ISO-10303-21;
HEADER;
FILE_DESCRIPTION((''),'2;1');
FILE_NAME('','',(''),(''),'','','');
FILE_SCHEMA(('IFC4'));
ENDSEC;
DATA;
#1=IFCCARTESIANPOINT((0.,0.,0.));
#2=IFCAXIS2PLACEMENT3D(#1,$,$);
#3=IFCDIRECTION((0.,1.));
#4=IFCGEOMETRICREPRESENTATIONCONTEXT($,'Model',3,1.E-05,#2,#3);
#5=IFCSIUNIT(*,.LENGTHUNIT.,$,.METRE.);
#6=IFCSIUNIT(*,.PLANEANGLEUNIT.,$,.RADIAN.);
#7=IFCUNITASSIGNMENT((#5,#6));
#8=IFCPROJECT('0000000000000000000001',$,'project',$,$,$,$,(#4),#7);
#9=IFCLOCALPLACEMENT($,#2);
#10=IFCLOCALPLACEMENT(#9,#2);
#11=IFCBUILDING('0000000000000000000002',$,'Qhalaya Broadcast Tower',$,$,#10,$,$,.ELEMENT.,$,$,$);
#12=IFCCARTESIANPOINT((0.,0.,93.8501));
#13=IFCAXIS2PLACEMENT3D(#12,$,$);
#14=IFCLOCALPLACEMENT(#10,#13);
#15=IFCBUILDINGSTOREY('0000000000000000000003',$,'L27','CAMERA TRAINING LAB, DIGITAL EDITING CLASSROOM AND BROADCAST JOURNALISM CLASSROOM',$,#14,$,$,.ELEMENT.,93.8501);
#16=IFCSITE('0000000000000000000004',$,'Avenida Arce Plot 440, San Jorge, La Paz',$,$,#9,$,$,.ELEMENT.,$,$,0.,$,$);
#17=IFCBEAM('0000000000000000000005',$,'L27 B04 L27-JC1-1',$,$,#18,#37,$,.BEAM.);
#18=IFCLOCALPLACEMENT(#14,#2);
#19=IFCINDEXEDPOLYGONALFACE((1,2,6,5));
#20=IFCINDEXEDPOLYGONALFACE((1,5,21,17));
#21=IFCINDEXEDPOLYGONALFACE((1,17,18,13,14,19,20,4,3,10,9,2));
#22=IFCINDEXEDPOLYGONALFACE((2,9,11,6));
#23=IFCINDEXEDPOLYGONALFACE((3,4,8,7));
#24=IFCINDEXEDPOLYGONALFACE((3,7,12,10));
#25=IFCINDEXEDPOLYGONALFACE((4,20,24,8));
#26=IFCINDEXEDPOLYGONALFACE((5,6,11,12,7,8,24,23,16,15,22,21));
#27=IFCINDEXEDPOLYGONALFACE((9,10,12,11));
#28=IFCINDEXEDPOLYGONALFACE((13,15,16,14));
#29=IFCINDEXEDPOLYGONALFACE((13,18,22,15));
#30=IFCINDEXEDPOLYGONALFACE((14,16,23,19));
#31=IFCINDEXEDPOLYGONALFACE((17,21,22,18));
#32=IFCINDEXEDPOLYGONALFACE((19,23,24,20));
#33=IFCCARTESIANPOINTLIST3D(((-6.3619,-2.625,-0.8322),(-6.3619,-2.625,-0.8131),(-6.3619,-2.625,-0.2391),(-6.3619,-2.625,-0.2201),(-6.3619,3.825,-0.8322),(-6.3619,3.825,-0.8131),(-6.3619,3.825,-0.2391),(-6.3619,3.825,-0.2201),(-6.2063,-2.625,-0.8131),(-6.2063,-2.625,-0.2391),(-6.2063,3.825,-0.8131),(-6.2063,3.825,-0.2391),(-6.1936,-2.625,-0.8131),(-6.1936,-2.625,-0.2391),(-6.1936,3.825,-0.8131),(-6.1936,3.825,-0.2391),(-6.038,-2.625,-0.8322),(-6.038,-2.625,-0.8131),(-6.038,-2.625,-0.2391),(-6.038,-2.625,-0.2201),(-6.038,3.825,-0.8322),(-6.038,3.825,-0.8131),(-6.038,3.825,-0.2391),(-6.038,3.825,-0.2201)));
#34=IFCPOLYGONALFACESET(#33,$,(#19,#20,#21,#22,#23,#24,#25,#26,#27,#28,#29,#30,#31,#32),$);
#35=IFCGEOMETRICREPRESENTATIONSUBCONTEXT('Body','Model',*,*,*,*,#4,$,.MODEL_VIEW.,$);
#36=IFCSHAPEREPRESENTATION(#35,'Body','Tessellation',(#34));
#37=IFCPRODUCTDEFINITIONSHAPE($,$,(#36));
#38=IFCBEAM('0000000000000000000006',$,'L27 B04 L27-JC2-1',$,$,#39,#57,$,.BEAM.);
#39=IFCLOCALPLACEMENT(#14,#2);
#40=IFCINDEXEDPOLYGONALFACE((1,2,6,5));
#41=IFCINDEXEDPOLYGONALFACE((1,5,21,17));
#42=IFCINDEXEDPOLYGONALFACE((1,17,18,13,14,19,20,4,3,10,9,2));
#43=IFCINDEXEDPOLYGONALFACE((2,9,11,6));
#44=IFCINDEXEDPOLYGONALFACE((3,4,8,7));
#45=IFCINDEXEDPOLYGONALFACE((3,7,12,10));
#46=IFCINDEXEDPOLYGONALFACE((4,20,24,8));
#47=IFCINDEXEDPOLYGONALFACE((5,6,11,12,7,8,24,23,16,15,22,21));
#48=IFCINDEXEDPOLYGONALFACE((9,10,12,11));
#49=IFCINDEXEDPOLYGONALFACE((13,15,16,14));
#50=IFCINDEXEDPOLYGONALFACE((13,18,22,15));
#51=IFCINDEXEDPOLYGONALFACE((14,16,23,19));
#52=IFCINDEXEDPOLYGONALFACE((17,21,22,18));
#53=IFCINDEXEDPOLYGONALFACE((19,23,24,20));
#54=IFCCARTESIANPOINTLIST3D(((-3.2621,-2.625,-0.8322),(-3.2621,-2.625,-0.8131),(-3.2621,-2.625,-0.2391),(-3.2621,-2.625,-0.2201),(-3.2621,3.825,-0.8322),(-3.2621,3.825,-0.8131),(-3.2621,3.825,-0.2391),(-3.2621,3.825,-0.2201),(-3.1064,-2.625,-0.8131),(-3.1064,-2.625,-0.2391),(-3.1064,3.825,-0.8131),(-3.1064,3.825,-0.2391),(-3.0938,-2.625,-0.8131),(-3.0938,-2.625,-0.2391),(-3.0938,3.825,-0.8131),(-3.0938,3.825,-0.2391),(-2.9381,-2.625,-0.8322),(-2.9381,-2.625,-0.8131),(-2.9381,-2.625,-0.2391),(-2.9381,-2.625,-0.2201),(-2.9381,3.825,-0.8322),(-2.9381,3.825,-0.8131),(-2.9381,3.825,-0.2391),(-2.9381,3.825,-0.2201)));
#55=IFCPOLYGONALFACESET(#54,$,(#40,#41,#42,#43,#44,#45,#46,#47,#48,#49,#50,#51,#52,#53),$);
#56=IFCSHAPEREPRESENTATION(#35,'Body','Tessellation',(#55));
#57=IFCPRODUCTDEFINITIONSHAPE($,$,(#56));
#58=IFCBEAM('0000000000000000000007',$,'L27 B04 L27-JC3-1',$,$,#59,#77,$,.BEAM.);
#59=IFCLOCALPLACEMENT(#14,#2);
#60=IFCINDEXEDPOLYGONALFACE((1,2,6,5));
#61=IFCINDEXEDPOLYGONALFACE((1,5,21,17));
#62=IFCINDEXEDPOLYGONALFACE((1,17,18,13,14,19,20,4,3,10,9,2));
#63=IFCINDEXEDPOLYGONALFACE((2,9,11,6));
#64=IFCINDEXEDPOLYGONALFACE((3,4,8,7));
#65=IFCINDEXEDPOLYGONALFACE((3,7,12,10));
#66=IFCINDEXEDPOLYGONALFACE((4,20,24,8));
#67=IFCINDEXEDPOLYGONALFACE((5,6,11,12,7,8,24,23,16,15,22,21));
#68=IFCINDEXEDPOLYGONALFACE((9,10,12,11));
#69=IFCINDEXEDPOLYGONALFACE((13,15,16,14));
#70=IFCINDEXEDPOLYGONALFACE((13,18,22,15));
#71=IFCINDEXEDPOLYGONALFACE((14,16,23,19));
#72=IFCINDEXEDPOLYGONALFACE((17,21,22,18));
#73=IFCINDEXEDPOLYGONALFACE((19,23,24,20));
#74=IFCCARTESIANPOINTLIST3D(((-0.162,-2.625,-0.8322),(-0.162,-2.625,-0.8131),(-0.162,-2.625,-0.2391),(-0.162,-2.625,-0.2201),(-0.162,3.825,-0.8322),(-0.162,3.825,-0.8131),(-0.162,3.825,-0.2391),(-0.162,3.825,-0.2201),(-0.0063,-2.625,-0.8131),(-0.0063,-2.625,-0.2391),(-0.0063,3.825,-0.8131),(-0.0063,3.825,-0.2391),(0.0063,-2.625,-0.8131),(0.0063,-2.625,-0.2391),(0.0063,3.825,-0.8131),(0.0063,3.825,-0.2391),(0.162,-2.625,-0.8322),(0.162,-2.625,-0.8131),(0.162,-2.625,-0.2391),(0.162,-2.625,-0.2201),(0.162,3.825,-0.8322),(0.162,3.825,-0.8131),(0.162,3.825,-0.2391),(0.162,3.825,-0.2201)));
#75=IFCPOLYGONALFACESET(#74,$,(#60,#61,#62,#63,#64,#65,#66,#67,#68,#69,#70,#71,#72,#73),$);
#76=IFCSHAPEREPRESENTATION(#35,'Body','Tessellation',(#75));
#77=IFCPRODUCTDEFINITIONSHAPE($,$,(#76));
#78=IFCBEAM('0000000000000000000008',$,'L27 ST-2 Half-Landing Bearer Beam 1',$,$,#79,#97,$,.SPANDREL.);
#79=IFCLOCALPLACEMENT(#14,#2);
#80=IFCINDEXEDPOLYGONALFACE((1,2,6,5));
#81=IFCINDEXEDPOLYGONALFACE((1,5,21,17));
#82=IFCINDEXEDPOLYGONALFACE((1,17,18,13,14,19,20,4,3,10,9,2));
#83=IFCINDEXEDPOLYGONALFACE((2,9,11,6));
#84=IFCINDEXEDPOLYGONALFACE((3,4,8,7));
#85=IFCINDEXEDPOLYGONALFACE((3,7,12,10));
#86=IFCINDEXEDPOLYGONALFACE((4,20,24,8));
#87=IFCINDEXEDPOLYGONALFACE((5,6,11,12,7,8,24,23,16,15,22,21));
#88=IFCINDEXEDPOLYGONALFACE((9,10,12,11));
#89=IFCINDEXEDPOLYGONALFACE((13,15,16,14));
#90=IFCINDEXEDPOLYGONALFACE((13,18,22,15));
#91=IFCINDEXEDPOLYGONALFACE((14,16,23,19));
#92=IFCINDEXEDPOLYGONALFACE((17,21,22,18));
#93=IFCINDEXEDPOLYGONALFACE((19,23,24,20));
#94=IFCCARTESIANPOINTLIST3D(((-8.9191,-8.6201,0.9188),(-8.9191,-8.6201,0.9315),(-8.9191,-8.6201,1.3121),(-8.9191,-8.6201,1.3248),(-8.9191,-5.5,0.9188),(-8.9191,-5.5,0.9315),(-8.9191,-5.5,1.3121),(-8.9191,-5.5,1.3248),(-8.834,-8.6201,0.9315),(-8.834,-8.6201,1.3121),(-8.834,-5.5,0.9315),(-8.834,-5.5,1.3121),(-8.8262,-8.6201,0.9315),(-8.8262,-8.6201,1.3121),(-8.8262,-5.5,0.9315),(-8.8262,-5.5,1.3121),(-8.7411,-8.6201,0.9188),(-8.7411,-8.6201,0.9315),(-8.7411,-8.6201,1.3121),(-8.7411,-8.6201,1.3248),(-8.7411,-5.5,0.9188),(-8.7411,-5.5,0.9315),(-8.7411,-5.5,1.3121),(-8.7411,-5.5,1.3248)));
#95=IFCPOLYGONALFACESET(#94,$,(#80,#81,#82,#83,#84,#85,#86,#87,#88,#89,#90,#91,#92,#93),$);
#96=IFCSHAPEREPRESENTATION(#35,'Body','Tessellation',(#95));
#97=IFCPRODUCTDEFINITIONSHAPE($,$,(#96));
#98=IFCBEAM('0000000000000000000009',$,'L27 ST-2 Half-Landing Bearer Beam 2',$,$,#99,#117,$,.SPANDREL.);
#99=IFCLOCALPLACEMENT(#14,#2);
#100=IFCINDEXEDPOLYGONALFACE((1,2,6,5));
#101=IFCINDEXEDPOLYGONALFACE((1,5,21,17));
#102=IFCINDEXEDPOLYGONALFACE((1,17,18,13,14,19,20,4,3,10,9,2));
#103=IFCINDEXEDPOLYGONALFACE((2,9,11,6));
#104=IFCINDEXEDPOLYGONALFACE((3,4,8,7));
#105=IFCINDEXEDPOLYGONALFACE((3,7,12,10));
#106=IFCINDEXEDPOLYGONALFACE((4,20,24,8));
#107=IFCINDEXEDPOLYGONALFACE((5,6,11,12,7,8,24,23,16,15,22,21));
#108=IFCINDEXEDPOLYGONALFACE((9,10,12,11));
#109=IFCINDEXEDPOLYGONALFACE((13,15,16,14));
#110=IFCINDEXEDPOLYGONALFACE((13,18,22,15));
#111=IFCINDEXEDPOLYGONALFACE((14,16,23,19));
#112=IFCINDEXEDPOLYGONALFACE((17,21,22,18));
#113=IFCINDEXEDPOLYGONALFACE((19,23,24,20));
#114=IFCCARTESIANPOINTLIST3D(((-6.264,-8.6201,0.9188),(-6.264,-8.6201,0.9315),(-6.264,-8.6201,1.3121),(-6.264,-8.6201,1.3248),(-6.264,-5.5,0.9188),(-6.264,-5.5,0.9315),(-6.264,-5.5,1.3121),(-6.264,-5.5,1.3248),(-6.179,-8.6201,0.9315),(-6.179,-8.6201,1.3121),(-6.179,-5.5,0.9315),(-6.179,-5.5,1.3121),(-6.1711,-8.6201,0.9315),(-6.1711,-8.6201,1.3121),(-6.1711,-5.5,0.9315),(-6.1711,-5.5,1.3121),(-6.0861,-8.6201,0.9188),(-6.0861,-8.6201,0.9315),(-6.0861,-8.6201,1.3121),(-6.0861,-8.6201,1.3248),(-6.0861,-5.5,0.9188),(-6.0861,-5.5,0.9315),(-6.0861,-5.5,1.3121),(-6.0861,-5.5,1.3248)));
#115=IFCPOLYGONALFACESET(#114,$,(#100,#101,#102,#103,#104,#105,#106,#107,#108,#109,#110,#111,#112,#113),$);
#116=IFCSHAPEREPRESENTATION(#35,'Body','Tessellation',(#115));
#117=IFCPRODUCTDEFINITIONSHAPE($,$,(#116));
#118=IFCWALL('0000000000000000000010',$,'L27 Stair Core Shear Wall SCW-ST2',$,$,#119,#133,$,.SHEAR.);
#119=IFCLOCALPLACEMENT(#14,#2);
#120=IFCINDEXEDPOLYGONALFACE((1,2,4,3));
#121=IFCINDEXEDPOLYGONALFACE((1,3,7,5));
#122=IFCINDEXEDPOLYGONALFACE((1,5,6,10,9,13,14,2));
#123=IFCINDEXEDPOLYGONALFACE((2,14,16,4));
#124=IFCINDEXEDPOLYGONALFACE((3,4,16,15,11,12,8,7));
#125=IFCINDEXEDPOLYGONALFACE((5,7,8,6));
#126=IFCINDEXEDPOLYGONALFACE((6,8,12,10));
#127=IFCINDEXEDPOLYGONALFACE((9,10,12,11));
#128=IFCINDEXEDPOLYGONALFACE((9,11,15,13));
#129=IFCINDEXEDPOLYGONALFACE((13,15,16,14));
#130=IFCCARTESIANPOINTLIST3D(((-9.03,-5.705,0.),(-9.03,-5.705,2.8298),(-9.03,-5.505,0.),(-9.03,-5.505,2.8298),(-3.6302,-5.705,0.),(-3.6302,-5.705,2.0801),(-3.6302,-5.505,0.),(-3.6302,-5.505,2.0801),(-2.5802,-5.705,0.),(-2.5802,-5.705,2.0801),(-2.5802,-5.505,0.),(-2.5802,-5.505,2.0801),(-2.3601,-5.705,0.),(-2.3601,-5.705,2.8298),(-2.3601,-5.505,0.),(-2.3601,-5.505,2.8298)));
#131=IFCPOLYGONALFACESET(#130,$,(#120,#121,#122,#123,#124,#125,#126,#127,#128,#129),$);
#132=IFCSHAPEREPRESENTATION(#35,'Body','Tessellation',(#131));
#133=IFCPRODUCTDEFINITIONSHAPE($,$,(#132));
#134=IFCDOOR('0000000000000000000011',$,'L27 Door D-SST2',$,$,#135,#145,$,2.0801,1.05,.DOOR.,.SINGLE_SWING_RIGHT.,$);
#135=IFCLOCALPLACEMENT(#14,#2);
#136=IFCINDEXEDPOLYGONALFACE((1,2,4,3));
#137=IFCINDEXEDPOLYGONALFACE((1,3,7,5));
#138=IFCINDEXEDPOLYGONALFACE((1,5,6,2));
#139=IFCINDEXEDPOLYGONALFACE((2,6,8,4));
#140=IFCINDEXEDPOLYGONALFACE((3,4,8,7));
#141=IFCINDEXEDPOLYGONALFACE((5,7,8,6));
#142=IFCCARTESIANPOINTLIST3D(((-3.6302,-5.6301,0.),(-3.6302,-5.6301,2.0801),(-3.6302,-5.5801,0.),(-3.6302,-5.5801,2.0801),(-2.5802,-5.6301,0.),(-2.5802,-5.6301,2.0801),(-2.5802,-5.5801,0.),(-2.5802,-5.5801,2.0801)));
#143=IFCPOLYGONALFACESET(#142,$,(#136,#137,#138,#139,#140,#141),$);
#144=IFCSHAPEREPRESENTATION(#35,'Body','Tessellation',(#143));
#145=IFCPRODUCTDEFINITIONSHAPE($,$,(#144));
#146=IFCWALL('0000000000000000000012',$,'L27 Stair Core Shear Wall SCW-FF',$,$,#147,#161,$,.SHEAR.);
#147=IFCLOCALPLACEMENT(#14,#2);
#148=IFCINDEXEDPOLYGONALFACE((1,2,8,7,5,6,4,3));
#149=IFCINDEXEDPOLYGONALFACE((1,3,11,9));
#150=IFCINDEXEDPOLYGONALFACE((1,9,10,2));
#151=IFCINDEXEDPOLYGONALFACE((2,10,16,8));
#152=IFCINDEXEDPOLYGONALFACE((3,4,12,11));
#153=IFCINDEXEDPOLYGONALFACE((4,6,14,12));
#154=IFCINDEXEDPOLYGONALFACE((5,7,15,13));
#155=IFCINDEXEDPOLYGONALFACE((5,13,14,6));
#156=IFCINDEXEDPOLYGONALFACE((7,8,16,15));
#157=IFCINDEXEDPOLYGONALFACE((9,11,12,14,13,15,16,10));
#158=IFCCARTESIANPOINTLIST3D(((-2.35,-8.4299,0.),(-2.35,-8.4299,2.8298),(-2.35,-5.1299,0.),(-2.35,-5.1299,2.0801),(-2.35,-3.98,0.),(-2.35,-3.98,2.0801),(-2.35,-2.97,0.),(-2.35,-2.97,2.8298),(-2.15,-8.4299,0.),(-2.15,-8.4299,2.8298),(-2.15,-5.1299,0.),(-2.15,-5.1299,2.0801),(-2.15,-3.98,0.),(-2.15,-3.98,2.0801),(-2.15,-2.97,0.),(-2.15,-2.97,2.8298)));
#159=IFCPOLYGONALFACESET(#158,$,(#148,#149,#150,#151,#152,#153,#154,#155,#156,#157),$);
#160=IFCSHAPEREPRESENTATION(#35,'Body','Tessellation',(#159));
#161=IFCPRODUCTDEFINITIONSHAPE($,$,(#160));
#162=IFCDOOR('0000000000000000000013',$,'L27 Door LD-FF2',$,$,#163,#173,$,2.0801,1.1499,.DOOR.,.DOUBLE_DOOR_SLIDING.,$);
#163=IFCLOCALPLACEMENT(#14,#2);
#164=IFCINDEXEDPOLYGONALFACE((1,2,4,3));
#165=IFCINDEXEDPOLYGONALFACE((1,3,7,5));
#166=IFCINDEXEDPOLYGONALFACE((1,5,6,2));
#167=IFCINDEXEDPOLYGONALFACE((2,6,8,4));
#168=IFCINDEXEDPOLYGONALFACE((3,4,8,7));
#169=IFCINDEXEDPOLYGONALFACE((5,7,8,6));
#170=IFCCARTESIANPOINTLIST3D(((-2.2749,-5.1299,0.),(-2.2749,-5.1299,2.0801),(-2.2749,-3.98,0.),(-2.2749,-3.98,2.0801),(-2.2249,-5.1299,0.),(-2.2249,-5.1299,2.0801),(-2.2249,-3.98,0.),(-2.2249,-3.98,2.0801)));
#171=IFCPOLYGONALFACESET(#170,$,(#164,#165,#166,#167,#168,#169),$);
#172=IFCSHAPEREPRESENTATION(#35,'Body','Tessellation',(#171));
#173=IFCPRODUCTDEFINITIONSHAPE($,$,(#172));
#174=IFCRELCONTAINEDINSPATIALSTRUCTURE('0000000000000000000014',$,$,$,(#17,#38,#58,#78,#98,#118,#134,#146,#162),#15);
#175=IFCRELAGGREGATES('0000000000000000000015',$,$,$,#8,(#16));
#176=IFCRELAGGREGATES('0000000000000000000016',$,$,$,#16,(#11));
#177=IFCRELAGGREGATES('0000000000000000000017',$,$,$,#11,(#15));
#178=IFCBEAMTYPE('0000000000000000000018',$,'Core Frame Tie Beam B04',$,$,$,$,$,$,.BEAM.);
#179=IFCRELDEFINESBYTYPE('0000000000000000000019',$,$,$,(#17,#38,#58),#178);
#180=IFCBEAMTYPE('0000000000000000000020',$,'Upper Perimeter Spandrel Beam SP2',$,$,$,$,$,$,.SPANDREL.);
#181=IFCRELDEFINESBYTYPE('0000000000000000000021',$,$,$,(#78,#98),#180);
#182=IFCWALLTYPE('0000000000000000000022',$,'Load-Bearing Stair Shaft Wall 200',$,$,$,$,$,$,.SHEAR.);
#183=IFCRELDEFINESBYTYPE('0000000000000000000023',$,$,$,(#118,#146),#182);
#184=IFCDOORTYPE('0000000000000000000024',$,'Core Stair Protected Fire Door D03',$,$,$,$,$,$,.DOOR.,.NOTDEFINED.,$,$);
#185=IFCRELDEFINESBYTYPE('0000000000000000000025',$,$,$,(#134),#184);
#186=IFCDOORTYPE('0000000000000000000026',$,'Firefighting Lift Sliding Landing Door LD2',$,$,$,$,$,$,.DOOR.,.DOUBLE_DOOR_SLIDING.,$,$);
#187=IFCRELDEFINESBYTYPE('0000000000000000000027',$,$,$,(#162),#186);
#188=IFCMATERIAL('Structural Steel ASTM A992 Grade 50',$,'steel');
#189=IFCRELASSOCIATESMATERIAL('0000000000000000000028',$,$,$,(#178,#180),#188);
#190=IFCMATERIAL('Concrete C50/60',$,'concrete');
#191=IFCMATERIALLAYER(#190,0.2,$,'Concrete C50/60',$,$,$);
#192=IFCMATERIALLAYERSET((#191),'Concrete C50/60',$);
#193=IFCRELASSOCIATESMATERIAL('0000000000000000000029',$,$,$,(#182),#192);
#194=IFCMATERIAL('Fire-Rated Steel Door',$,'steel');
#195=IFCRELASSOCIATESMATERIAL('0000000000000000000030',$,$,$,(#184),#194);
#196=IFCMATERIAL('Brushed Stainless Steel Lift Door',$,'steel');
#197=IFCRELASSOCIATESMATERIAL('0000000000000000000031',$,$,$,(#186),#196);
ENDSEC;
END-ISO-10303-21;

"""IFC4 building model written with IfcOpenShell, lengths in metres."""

from ifc_helpers import new_model, si_unit, direction, frame, frame_2d, origin, origin_2d, place, context, subcontext, project, spatial, rectangle, i_section, extrude, material, layer, layer_set, material_profile, profile_set, type_object, element, fill, save


model = new_model("IFC4")

# Units and contexts
model_context = context("Model", 3, precision=1e-05, world=origin(), true_north=direction((0.0, 1.0)))
body_context = subcontext(model_context, "Body", "Model", "MODEL_VIEW")
ifc_project = project(units=[si_unit("LENGTHUNIT", "METRE"), si_unit("PLANEANGLEUNIT", "RADIAN")], contexts=[model_context])

# Site, building, storey
site_placement = place(None, origin())
site = spatial("IfcSite", under=ifc_project, at=site_placement, Name="Avenida Arce Plot 440, San Jorge, La Paz", CompositionType="ELEMENT", RefElevation=0.0)
building_placement = place(site_placement, origin())
building = spatial("IfcBuilding", under=site, at=building_placement, Name="Qhalaya Broadcast Tower", CompositionType="ELEMENT")
storey_placement = place(building_placement, frame((0.0, 0.0, 93.8501)))
storey = spatial("IfcBuildingStorey", under=building, at=storey_placement, Name="L27", Description="CAMERA TRAINING LAB, DIGITAL EDITING CLASSROOM AND BROADCAST JOURNALISM CLASSROOM", CompositionType="ELEMENT", Elevation=93.8501)

# Beams
ifc_material_1 = material(Name="Structural Steel ASTM A992 Grade 50", Category="steel")
ifc_material_profile_1 = material_profile(ifc_material_1, i_section(OverallWidth=0.324, OverallDepth=0.6121, WebThickness=0.0127, FlangeThickness=0.019, at=origin_2d()), Name="W24X104")
ifc_profile_set_1 = profile_set([ifc_material_profile_1], Name="Structural Steel ASTM A992 Grade 50")
beam_type_1 = type_object("IfcBeamType", Name="Core Frame Tie Beam B04", PredefinedType="BEAM", material=ifc_profile_set_1)
for number, where, z_axis, x_axis, name in (
    (1, (-6.2, -2.625, -0.5261), (0.0, 1.0, 0.0), (-1.0, 0.0, 0.0), "L27 B04 L27-JC1-1"),
    (2, (-3.1001, -2.625, -0.5261), (0.0, 1.0, 0.0), (-1.0, 0.0, 0.0), "L27 B04 L27-JC2-1"),
    (3, (0.0, -2.625, -0.5261), (0.0, 1.0, 0.0), (-1.0, 0.0, 0.0), "L27 B04 L27-JC3-1"),
):
    element("IfcBeam", number, at=place(storey_placement, frame(where, z_axis=z_axis, x_axis=x_axis)), inside=storey, type_object=beam_type_1, Name=name, PredefinedType="BEAM", context=body_context, shape_type="SweptSolid", body=[
        extrude(i_section(OverallWidth=0.324, OverallDepth=0.6121, WebThickness=0.0127, FlangeThickness=0.019, at=origin_2d()), origin(), (0.0, 0.0, 1.0), 6.45),
    ])
ifc_material_profile_2 = material_profile(ifc_material_1, i_section(OverallWidth=0.178, OverallDepth=0.406, WebThickness=0.0078, FlangeThickness=0.0127, at=origin_2d()), Name="W16X40")
ifc_profile_set_2 = profile_set([ifc_material_profile_2], Name="Structural Steel ASTM A992 Grade 50")
beam_type_2 = type_object("IfcBeamType", Name="Upper Perimeter Spandrel Beam SP2", PredefinedType="SPANDREL", material=ifc_profile_set_2)
for number, where, z_axis, x_axis, name in (
    (4, (-8.8301, -8.6201, 1.1218), (0.0, 1.0, 0.0), (-1.0, 0.0, 0.0), "L27 ST-2 Half-Landing Bearer Beam 1"),
    (5, (-6.175, -8.6201, 1.1218), (0.0, 1.0, 0.0), (-1.0, 0.0, 0.0), "L27 ST-2 Half-Landing Bearer Beam 2"),
):
    element("IfcBeam", number, at=place(storey_placement, frame(where, z_axis=z_axis, x_axis=x_axis)), inside=storey, type_object=beam_type_2, Name=name, PredefinedType="SPANDREL", context=body_context, shape_type="SweptSolid", body=[
        extrude(i_section(OverallWidth=0.178, OverallDepth=0.406, WebThickness=0.0078, FlangeThickness=0.0127, at=origin_2d()), origin(), (0.0, 0.0, 1.0), 3.1201),
    ])

# Walls, openings, doors
ifc_material_2 = material(Name="Concrete C50/60", Category="concrete")
ifc_layer_1 = layer(ifc_material_2, 0.2, Name="Concrete C50/60")
ifc_layer_set_1 = layer_set([ifc_layer_1], Name="Concrete C50/60")
wall_type_1 = type_object("IfcWallType", Name="Load-Bearing Stair Shaft Wall 200", PredefinedType="SHEAR", material=ifc_layer_set_1)
wall_1_placement = place(storey_placement, frame((-9.03, -5.605, 0.0), z_axis=(0.0, 0.0, 1.0), x_axis=(1.0, 0.0, 0.0)))
wall_1 = element("IfcWall", 6, at=wall_1_placement, inside=storey, type_object=wall_type_1, Name="L27 Stair Core Shear Wall SCW-ST2", PredefinedType="SHEAR", context=body_context, shape_type="SweptSolid", body=[
    extrude(rectangle(XDim=6.6699, YDim=0.2, at=frame_2d((3.335, 0.0))), origin(), (0.0, 0.0, 1.0), 2.8298),
])
opening_1_placement = place(wall_1_placement, frame((5.3999, 0.0, 0.0)))
opening_1 = element("IfcOpeningElement", 7, at=opening_1_placement, cuts=wall_1, PredefinedType="OPENING", context=body_context, shape_type="SweptSolid", body=[
    extrude(rectangle(XDim=1.05, YDim=2.0801, at=frame_2d((0.5249, 1.04))), frame((0.0, 0.1121, 0.0), z_axis=(0.0, -1.0, 0.0), x_axis=(1.0, 0.0, 0.0)), (0.0, 0.0, 1.0), 0.2239),
])
ifc_material_3 = material(Name="Fire-Rated Steel Door", Category="steel")
door_type_1 = type_object("IfcDoorType", Name="Core Stair Protected Fire Door D03", OperationType="NOTDEFINED", PredefinedType="DOOR", material=ifc_material_3)
door_1_placement = place(opening_1_placement, origin())
door_1 = element("IfcDoor", 8, at=door_1_placement, inside=storey, type_object=door_type_1, Name="L27 Door D-SST2", OperationType="SINGLE_SWING_RIGHT", OverallHeight=2.0801, OverallWidth=1.05, PredefinedType="DOOR", context=body_context, shape_type="SweptSolid", body=[
    extrude(rectangle(XDim=1.05, YDim=2.0801, at=frame_2d((0.5249, 1.04))), frame((0.0, 0.0249, 0.0), z_axis=(0.0, -1.0, 0.0), x_axis=(1.0, 0.0, 0.0)), (0.0, 0.0, 1.0), 0.05),
])
fill(opening_1, door_1)
wall_2_placement = place(storey_placement, frame((-2.25, -8.4299, 0.0), z_axis=(0.0, 0.0, 1.0), x_axis=(0.0, 1.0, 0.0)))
wall_2 = element("IfcWall", 9, at=wall_2_placement, inside=storey, type_object=wall_type_1, Name="L27 Stair Core Shear Wall SCW-FF", PredefinedType="SHEAR", context=body_context, shape_type="SweptSolid", body=[
    extrude(rectangle(XDim=5.46, YDim=0.2, at=frame_2d((2.73, 0.0))), origin(), (0.0, 0.0, 1.0), 2.8298),
])
opening_2_placement = place(wall_2_placement, frame((3.3, 0.0, 0.0)))
opening_2 = element("IfcOpeningElement", 10, at=opening_2_placement, cuts=wall_2, PredefinedType="OPENING", context=body_context, shape_type="SweptSolid", body=[
    extrude(rectangle(XDim=1.1499, YDim=2.0801, at=frame_2d((0.575, 1.04))), frame((0.0, 0.1121, 0.0), z_axis=(0.0, -1.0, 0.0), x_axis=(1.0, 0.0, 0.0)), (0.0, 0.0, 1.0), 0.2239),
])
ifc_material_4 = material(Name="Brushed Stainless Steel Lift Door", Category="steel")
door_type_2 = type_object("IfcDoorType", Name="Firefighting Lift Sliding Landing Door LD2", OperationType="DOUBLE_DOOR_SLIDING", PredefinedType="DOOR", material=ifc_material_4)
door_2_placement = place(opening_2_placement, origin())
door_2 = element("IfcDoor", 11, at=door_2_placement, inside=storey, type_object=door_type_2, Name="L27 Door LD-FF2", OperationType="DOUBLE_DOOR_SLIDING", OverallHeight=2.0801, OverallWidth=1.1499, PredefinedType="DOOR", context=body_context, shape_type="SweptSolid", body=[
    extrude(rectangle(XDim=1.1499, YDim=2.0801, at=frame_2d((0.575, 1.04))), frame((0.0, 0.0249, 0.0), z_axis=(0.0, -1.0, 0.0), x_axis=(1.0, 0.0, 0.0)), (0.0, 0.0, 1.0), 0.05),
])
fill(opening_2, door_2)

save(model, "model.ifc")
